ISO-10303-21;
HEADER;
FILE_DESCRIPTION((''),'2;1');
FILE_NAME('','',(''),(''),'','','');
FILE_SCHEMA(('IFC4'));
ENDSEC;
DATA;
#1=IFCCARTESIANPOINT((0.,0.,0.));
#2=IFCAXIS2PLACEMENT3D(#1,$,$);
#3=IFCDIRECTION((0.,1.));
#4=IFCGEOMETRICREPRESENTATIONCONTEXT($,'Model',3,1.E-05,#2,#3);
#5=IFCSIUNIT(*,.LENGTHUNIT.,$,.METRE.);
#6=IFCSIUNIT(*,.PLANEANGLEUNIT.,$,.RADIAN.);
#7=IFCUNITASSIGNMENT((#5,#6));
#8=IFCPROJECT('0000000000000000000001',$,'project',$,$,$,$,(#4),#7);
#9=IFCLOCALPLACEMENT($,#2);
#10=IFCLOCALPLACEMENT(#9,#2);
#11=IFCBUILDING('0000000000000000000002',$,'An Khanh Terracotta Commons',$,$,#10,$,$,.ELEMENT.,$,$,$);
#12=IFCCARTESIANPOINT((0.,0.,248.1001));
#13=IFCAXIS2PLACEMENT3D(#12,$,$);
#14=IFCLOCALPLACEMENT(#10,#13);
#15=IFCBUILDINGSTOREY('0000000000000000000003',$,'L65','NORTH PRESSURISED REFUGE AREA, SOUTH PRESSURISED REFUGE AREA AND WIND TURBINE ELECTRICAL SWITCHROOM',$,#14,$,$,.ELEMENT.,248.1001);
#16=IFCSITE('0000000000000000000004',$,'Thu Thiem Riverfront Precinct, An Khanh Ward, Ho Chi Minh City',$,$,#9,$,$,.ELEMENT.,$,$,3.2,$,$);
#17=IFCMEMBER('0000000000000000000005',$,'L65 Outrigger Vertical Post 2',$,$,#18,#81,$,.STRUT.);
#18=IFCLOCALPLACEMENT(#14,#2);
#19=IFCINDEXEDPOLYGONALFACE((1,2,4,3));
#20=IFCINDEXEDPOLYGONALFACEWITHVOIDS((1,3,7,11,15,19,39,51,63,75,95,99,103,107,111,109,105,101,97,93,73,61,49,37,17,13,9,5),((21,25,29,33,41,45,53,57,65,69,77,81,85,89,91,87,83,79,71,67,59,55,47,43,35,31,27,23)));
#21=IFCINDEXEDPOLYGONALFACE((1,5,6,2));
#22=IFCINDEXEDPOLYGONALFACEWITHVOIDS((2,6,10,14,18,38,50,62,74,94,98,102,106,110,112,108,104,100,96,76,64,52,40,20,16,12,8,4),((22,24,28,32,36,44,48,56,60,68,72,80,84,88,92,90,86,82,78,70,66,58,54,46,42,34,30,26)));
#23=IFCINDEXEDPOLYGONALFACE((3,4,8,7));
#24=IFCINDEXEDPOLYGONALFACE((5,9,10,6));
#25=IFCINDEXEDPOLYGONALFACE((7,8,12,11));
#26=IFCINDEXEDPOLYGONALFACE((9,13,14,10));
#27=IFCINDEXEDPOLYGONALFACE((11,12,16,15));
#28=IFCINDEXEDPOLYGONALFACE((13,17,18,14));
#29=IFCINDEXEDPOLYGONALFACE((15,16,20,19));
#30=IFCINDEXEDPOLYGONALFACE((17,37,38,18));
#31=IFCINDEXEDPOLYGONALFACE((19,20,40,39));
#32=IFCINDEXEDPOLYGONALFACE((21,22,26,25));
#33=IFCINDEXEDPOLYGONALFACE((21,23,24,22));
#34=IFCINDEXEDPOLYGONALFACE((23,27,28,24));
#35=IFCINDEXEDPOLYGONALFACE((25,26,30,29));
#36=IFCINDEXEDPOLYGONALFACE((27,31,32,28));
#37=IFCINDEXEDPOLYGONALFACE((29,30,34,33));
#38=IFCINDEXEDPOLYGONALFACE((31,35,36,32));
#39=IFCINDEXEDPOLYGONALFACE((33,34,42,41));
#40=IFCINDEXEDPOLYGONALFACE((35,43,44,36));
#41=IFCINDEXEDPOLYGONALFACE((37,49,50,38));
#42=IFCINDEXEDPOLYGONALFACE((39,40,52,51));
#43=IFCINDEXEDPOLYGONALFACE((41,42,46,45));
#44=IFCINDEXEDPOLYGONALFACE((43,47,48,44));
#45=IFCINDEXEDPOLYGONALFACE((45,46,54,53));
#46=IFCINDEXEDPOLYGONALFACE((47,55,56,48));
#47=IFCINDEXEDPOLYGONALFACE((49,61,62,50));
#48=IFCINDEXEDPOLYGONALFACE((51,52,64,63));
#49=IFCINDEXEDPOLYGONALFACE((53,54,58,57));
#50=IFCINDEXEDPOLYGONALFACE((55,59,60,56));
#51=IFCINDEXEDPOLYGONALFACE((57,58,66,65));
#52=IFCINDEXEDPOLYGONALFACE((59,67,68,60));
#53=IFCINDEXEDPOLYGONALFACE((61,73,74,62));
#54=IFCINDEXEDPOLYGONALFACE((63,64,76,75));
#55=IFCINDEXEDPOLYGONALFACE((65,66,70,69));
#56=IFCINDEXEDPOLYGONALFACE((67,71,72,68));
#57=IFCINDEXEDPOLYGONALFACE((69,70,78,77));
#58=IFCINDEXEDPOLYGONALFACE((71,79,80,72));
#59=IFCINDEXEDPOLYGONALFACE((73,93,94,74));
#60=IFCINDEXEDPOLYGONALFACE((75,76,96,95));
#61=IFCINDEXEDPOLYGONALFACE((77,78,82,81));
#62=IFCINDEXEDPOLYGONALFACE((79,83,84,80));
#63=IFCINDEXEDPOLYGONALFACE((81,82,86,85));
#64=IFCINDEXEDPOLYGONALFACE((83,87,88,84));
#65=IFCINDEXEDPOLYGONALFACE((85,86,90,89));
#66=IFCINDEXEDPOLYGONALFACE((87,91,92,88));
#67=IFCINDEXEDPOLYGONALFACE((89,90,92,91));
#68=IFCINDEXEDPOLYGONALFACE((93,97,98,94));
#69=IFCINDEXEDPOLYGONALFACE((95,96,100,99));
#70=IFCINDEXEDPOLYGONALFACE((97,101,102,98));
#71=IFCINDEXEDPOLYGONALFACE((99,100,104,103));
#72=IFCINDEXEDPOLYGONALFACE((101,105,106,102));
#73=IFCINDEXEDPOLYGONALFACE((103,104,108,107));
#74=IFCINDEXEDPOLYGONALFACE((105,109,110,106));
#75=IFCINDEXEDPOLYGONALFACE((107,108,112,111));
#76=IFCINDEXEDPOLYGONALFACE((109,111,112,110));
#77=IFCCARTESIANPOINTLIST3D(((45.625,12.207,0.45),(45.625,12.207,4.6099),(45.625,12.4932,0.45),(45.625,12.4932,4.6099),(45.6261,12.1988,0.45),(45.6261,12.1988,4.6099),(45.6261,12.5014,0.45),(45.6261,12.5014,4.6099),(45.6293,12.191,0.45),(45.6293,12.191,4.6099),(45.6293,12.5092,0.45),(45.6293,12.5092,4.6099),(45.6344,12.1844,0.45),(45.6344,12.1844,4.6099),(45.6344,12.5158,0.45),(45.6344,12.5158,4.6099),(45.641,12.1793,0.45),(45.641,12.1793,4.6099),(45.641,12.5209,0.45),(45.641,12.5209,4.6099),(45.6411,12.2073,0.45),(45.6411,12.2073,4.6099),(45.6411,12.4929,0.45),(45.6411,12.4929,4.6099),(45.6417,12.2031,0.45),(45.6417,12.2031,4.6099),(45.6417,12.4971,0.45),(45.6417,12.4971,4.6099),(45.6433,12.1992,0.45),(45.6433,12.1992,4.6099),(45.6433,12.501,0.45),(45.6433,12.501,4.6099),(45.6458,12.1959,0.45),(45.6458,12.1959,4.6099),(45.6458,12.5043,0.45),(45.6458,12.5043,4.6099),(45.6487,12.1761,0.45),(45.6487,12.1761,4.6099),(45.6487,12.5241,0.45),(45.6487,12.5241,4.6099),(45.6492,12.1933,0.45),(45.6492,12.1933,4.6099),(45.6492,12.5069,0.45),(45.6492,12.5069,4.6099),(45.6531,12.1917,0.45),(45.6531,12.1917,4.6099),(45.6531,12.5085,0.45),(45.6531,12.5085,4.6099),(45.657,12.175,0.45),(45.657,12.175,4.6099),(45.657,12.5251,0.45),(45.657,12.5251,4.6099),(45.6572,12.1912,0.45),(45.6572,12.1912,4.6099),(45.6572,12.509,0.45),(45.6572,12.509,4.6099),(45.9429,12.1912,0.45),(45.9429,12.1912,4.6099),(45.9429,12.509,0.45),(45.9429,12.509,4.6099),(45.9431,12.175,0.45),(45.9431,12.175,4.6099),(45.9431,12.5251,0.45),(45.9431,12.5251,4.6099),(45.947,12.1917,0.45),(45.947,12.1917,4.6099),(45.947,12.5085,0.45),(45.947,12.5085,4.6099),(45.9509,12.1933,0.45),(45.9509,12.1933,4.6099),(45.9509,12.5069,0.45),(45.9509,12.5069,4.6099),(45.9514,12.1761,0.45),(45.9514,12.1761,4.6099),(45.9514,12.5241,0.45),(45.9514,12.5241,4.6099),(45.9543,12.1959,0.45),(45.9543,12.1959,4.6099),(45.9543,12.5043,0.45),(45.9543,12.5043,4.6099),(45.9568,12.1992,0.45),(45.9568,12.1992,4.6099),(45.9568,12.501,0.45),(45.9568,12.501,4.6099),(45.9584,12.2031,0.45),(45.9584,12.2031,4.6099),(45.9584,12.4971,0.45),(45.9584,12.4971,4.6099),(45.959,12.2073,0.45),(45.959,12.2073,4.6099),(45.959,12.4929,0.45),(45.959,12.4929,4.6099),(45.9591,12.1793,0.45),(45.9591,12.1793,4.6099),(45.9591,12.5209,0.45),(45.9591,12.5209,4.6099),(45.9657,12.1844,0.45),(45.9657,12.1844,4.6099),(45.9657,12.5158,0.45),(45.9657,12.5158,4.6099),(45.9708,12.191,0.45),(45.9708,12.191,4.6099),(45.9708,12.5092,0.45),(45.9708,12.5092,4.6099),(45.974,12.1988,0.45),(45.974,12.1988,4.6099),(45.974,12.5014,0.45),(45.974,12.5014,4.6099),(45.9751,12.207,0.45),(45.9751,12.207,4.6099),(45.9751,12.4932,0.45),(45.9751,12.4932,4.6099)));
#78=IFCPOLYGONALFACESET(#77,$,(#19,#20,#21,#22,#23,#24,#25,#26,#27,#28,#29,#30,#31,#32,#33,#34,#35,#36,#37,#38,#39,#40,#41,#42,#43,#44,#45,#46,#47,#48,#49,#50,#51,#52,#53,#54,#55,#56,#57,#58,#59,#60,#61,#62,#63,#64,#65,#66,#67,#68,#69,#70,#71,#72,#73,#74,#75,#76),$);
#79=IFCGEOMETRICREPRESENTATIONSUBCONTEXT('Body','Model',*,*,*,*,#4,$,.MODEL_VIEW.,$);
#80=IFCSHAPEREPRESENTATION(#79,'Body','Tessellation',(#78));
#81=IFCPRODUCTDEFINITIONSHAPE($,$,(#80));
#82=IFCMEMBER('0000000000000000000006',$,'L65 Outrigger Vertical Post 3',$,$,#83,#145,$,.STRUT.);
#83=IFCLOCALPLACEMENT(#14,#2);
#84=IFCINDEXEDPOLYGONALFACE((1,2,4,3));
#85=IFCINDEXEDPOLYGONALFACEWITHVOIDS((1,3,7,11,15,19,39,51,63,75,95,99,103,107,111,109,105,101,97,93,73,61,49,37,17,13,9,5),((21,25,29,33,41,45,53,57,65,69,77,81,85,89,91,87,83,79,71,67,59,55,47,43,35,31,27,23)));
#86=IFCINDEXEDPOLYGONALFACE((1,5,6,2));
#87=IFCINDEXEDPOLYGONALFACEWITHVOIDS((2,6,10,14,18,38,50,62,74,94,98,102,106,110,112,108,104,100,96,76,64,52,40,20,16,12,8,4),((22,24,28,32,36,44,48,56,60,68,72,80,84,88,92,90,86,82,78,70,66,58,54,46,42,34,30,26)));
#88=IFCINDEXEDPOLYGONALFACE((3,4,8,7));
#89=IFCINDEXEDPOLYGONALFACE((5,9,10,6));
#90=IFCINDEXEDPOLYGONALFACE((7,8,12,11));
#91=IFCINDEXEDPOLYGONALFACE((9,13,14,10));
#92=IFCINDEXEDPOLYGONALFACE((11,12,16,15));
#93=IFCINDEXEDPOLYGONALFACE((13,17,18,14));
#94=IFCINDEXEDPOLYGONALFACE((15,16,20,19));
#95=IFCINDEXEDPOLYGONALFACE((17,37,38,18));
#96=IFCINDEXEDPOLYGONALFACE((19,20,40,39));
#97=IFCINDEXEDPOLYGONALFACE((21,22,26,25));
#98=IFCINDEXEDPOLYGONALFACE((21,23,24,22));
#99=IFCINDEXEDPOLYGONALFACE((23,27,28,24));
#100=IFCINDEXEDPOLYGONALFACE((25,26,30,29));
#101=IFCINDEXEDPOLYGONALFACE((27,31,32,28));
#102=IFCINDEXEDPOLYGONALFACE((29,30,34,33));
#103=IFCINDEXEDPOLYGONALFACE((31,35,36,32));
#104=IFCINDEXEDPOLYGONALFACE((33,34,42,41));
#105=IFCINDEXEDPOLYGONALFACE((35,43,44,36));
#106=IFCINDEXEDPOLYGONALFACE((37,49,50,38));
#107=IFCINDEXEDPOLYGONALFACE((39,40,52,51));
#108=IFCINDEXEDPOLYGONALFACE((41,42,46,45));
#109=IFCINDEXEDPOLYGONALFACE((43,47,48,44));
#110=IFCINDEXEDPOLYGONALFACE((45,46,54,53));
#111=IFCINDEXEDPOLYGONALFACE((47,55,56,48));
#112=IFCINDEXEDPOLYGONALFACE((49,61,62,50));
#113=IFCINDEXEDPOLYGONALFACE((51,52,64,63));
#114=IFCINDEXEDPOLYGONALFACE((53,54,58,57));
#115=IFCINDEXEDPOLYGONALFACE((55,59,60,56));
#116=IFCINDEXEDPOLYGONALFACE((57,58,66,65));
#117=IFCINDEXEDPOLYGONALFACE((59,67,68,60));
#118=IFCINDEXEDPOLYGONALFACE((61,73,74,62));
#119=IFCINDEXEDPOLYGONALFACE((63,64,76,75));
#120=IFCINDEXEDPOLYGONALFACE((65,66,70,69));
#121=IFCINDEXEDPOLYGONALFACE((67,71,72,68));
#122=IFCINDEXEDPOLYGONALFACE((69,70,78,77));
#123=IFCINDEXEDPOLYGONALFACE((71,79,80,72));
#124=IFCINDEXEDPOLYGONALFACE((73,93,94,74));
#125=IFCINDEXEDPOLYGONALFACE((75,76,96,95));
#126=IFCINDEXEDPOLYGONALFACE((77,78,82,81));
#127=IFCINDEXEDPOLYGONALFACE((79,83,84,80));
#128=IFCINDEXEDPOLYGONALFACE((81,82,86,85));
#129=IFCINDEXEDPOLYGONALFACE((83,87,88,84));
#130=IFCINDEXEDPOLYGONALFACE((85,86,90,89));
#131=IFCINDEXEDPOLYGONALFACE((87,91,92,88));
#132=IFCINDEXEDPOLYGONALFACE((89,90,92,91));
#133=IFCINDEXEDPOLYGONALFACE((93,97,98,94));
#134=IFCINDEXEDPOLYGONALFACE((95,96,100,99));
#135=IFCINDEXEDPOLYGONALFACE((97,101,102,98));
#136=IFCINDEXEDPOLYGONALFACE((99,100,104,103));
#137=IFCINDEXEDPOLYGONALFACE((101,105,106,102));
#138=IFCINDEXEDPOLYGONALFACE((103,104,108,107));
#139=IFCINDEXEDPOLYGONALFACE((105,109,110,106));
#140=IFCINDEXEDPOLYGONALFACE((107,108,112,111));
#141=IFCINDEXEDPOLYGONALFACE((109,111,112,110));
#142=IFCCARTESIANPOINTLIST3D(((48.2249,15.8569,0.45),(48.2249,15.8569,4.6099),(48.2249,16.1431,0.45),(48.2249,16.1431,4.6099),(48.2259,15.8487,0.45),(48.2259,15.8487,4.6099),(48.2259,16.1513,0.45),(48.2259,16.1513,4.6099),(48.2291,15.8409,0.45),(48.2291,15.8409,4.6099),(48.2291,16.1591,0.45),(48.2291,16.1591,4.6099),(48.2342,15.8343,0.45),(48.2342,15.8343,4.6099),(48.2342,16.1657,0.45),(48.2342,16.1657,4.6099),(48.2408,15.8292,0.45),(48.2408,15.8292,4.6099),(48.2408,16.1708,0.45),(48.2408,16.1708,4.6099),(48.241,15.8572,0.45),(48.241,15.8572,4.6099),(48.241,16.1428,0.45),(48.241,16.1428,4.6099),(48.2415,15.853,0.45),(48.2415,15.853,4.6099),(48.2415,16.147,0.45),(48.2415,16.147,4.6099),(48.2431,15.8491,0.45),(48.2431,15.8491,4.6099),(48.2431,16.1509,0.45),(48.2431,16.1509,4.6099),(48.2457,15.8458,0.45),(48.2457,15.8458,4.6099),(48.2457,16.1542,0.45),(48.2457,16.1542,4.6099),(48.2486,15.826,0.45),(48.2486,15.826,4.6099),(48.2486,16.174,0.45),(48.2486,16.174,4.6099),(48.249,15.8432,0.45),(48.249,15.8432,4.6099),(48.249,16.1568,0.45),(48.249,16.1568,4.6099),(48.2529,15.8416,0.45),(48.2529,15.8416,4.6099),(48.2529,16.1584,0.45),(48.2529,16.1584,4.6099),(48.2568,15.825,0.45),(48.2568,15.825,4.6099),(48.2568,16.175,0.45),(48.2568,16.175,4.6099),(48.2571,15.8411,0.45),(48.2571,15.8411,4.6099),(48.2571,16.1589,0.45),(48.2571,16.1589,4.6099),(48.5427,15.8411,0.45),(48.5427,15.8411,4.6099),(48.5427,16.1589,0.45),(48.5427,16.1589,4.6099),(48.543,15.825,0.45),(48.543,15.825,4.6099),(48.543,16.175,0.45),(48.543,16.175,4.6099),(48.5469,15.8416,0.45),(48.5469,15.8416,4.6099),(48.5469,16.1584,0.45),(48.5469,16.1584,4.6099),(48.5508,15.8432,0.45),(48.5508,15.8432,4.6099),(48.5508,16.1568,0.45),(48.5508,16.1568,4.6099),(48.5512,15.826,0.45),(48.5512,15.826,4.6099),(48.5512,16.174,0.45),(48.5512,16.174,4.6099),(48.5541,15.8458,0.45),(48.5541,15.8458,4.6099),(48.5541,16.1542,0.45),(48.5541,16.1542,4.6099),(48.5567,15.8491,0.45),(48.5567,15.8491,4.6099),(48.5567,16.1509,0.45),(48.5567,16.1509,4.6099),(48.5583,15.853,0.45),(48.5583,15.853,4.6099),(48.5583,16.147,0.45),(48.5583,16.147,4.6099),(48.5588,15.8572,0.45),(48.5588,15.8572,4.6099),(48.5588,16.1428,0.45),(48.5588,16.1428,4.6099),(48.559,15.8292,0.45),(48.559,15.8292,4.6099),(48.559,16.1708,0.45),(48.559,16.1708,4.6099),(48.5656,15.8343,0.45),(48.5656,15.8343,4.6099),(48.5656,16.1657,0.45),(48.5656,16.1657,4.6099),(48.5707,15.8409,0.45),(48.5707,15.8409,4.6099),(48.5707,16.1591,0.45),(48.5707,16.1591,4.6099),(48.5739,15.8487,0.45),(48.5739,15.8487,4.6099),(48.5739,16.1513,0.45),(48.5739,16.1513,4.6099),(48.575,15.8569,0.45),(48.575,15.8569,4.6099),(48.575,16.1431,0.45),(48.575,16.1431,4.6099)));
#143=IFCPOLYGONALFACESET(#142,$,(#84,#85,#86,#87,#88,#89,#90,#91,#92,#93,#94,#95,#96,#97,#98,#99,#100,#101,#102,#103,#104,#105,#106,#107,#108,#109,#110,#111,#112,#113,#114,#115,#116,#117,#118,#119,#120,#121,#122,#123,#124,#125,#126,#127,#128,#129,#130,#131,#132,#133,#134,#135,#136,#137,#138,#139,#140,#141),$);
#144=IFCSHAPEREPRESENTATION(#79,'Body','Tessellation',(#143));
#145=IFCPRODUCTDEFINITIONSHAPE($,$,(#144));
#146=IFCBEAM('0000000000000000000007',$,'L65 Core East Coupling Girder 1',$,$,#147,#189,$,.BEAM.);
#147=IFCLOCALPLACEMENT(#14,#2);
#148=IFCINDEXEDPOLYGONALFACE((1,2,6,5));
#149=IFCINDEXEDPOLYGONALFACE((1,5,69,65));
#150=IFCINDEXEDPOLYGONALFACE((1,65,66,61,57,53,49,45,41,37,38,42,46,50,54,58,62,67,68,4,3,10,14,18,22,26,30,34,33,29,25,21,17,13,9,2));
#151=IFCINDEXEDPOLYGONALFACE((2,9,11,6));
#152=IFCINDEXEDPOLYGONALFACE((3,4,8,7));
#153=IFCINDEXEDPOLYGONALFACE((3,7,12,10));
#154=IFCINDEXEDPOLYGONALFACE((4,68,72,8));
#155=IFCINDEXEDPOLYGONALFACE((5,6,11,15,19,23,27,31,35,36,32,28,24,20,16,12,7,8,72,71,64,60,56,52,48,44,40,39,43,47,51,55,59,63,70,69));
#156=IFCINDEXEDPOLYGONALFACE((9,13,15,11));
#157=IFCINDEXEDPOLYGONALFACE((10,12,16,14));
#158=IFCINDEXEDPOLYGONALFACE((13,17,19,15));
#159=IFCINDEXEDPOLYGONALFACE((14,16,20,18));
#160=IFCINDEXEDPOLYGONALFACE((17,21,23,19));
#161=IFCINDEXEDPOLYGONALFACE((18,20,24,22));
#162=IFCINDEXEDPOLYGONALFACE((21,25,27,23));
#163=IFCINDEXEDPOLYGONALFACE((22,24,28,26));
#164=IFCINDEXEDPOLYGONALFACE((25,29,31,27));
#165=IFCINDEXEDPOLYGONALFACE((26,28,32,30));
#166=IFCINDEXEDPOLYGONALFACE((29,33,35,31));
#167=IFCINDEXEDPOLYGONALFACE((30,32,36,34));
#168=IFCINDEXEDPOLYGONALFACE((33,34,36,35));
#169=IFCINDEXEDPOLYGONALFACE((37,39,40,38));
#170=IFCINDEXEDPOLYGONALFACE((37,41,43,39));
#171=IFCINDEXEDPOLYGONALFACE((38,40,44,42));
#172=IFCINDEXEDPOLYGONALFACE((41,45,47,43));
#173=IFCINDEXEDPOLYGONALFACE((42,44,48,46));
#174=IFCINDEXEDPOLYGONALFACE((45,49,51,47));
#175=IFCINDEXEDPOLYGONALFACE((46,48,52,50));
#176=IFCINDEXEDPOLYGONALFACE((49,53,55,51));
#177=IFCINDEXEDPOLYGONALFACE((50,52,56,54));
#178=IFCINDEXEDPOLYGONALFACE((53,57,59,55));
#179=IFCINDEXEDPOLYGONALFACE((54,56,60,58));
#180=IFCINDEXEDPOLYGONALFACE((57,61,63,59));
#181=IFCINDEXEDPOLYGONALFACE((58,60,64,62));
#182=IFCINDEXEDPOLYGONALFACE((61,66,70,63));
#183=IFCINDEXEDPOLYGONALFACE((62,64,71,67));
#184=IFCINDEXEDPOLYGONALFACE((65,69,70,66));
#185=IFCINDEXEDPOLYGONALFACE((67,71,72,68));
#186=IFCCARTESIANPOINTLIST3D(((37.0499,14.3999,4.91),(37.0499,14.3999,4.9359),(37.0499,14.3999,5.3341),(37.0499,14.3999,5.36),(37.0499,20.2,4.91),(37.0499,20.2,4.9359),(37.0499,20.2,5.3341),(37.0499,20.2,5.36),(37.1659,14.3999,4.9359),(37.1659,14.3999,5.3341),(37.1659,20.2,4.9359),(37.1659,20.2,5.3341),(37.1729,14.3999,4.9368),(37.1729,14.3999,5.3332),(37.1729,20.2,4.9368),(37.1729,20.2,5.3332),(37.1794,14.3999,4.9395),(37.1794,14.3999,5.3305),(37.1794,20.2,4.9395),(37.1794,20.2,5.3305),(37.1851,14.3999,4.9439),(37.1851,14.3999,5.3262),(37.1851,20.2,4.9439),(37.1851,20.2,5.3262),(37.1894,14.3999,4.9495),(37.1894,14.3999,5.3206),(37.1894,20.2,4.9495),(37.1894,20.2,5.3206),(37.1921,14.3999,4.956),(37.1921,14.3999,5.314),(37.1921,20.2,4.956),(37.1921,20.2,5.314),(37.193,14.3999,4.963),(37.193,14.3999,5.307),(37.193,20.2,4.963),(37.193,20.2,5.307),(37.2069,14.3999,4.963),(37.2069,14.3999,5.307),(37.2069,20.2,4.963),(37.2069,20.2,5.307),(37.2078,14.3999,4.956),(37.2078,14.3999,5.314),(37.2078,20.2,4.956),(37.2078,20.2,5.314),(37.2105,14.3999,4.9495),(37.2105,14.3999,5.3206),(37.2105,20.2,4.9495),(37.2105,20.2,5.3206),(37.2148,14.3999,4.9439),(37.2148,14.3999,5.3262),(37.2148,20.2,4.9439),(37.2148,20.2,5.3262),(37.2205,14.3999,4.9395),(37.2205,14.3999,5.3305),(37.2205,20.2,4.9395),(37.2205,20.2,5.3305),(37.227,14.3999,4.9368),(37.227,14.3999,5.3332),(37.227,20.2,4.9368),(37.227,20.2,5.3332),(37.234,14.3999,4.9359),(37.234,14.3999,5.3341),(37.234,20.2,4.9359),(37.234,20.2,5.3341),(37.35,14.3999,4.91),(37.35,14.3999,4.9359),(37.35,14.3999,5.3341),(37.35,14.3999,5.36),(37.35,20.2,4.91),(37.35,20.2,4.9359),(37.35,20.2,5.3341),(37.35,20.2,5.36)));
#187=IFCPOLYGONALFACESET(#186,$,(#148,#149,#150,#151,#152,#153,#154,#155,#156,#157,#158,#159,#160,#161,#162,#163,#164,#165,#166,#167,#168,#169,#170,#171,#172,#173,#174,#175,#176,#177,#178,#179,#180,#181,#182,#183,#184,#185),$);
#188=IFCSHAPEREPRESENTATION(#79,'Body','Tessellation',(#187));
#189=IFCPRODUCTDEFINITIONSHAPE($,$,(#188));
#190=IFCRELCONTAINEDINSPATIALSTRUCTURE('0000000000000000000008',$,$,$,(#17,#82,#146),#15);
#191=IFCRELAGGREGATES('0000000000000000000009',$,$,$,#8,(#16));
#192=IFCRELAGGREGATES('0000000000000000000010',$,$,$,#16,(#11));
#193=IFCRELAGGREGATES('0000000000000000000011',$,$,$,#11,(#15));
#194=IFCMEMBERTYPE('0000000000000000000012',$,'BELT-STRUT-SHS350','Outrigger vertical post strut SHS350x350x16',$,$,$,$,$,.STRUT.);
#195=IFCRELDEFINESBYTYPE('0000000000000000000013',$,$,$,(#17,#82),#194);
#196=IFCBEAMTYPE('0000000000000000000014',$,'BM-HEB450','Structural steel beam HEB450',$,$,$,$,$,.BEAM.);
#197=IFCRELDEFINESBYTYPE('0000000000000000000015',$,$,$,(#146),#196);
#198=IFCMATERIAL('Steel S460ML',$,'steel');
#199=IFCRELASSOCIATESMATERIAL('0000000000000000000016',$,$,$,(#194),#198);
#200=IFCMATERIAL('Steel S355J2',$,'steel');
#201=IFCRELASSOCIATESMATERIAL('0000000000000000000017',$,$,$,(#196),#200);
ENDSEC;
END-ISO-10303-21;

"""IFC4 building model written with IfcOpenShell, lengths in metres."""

from ifc_helpers import new_model, si_unit, direction, frame, origin, origin_2d, place, context, subcontext, project, spatial, hollow_rectangle, i_section, extrude, material, material_profile, profile_set, type_object, element, save


model = new_model("IFC4")

# Units and contexts
model_context = context("Model", 3, precision=1e-05, world=origin(), true_north=direction((0.0, 1.0)))
body_context = subcontext(model_context, "Body", "Model", "MODEL_VIEW")
ifc_project = project(units=[si_unit("LENGTHUNIT", "METRE"), si_unit("PLANEANGLEUNIT", "RADIAN")], contexts=[model_context])

# Site, building, storey
site_placement = place(None, origin())
site = spatial("IfcSite", under=ifc_project, at=site_placement, Name="Thu Thiem Riverfront Precinct, An Khanh Ward, Ho Chi Minh City", CompositionType="ELEMENT", RefElevation=3.2)
building_placement = place(site_placement, origin())
building = spatial("IfcBuilding", under=site, at=building_placement, Name="An Khanh Terracotta Commons", CompositionType="ELEMENT")
storey_placement = place(building_placement, frame((0.0, 0.0, 248.1001)))
storey = spatial("IfcBuildingStorey", under=building, at=storey_placement, Name="L65", Description="NORTH PRESSURISED REFUGE AREA, SOUTH PRESSURISED REFUGE AREA AND WIND TURBINE ELECTRICAL SWITCHROOM", CompositionType="ELEMENT", Elevation=248.1001)

# Shared definitions
ifc_material_1 = material(Name="Steel S460ML", Category="steel")

# Members
ifc_material_profile_1 = material_profile(ifc_material_1, hollow_rectangle(XDim=0.3501, YDim=0.3501, WallThickness=0.0161, InnerFilletRadius=0.0161, OuterFilletRadius=0.032, at=origin_2d()), Name="SHS350x350x16")
ifc_profile_set_1 = profile_set([ifc_material_profile_1], Name="Steel S460ML")
member_type_1 = type_object("IfcMemberType", Name="BELT-STRUT-SHS350", Description="Outrigger vertical post strut SHS350x350x16", PredefinedType="STRUT", material=ifc_profile_set_1)
for number, where, z_axis, x_axis, name in (
    (1, (45.8, 12.3501, 0.45), (0.0, 0.0, 1.0), (1.0, 0.0, 0.0), "L65 Outrigger Vertical Post 2"),
    (2, (48.3999, 16.0, 0.45), (0.0, 0.0, 1.0), (1.0, 0.0, 0.0), "L65 Outrigger Vertical Post 3"),
):
    element("IfcMember", number, at=place(storey_placement, frame(where, z_axis=z_axis, x_axis=x_axis)), inside=storey, type_object=member_type_1, Name=name, PredefinedType="STRUT", context=body_context, shape_type="SweptSolid", body=[
        extrude(hollow_rectangle(XDim=0.3501, YDim=0.3501, WallThickness=0.0161, InnerFilletRadius=0.0161, OuterFilletRadius=0.032, at=origin_2d()), origin(), (0.0, 0.0, 1.0), 4.1599),
    ])

# Beam
ifc_material_2 = material(Name="Steel S355J2", Category="steel")
ifc_material_profile_2 = material_profile(ifc_material_2, i_section(OverallWidth=0.3, OverallDepth=0.45, WebThickness=0.0139, FlangeThickness=0.0259, FilletRadius=0.0271, at=origin_2d()), Name="HEB450")
ifc_profile_set_2 = profile_set([ifc_material_profile_2], Name="Steel S355J2")
beam_type_1 = type_object("IfcBeamType", Name="BM-HEB450", Description="Structural steel beam HEB450", PredefinedType="BEAM", material=ifc_profile_set_2)
beam_1_placement = place(storey_placement, frame((37.2, 14.3999, 5.135), z_axis=(0.0, 1.0, 0.0), x_axis=(-1.0, 0.0, 0.0)))
element("IfcBeam", 3, at=beam_1_placement, inside=storey, type_object=beam_type_1, Name="L65 Core East Coupling Girder 1", PredefinedType="BEAM", context=body_context, shape_type="SweptSolid", body=[
    extrude(i_section(OverallWidth=0.3, OverallDepth=0.45, WebThickness=0.0139, FlangeThickness=0.0259, FilletRadius=0.0271, at=origin_2d()), origin(), (0.0, 0.0, 1.0), 5.8),
])

save(model, "model.ifc")
